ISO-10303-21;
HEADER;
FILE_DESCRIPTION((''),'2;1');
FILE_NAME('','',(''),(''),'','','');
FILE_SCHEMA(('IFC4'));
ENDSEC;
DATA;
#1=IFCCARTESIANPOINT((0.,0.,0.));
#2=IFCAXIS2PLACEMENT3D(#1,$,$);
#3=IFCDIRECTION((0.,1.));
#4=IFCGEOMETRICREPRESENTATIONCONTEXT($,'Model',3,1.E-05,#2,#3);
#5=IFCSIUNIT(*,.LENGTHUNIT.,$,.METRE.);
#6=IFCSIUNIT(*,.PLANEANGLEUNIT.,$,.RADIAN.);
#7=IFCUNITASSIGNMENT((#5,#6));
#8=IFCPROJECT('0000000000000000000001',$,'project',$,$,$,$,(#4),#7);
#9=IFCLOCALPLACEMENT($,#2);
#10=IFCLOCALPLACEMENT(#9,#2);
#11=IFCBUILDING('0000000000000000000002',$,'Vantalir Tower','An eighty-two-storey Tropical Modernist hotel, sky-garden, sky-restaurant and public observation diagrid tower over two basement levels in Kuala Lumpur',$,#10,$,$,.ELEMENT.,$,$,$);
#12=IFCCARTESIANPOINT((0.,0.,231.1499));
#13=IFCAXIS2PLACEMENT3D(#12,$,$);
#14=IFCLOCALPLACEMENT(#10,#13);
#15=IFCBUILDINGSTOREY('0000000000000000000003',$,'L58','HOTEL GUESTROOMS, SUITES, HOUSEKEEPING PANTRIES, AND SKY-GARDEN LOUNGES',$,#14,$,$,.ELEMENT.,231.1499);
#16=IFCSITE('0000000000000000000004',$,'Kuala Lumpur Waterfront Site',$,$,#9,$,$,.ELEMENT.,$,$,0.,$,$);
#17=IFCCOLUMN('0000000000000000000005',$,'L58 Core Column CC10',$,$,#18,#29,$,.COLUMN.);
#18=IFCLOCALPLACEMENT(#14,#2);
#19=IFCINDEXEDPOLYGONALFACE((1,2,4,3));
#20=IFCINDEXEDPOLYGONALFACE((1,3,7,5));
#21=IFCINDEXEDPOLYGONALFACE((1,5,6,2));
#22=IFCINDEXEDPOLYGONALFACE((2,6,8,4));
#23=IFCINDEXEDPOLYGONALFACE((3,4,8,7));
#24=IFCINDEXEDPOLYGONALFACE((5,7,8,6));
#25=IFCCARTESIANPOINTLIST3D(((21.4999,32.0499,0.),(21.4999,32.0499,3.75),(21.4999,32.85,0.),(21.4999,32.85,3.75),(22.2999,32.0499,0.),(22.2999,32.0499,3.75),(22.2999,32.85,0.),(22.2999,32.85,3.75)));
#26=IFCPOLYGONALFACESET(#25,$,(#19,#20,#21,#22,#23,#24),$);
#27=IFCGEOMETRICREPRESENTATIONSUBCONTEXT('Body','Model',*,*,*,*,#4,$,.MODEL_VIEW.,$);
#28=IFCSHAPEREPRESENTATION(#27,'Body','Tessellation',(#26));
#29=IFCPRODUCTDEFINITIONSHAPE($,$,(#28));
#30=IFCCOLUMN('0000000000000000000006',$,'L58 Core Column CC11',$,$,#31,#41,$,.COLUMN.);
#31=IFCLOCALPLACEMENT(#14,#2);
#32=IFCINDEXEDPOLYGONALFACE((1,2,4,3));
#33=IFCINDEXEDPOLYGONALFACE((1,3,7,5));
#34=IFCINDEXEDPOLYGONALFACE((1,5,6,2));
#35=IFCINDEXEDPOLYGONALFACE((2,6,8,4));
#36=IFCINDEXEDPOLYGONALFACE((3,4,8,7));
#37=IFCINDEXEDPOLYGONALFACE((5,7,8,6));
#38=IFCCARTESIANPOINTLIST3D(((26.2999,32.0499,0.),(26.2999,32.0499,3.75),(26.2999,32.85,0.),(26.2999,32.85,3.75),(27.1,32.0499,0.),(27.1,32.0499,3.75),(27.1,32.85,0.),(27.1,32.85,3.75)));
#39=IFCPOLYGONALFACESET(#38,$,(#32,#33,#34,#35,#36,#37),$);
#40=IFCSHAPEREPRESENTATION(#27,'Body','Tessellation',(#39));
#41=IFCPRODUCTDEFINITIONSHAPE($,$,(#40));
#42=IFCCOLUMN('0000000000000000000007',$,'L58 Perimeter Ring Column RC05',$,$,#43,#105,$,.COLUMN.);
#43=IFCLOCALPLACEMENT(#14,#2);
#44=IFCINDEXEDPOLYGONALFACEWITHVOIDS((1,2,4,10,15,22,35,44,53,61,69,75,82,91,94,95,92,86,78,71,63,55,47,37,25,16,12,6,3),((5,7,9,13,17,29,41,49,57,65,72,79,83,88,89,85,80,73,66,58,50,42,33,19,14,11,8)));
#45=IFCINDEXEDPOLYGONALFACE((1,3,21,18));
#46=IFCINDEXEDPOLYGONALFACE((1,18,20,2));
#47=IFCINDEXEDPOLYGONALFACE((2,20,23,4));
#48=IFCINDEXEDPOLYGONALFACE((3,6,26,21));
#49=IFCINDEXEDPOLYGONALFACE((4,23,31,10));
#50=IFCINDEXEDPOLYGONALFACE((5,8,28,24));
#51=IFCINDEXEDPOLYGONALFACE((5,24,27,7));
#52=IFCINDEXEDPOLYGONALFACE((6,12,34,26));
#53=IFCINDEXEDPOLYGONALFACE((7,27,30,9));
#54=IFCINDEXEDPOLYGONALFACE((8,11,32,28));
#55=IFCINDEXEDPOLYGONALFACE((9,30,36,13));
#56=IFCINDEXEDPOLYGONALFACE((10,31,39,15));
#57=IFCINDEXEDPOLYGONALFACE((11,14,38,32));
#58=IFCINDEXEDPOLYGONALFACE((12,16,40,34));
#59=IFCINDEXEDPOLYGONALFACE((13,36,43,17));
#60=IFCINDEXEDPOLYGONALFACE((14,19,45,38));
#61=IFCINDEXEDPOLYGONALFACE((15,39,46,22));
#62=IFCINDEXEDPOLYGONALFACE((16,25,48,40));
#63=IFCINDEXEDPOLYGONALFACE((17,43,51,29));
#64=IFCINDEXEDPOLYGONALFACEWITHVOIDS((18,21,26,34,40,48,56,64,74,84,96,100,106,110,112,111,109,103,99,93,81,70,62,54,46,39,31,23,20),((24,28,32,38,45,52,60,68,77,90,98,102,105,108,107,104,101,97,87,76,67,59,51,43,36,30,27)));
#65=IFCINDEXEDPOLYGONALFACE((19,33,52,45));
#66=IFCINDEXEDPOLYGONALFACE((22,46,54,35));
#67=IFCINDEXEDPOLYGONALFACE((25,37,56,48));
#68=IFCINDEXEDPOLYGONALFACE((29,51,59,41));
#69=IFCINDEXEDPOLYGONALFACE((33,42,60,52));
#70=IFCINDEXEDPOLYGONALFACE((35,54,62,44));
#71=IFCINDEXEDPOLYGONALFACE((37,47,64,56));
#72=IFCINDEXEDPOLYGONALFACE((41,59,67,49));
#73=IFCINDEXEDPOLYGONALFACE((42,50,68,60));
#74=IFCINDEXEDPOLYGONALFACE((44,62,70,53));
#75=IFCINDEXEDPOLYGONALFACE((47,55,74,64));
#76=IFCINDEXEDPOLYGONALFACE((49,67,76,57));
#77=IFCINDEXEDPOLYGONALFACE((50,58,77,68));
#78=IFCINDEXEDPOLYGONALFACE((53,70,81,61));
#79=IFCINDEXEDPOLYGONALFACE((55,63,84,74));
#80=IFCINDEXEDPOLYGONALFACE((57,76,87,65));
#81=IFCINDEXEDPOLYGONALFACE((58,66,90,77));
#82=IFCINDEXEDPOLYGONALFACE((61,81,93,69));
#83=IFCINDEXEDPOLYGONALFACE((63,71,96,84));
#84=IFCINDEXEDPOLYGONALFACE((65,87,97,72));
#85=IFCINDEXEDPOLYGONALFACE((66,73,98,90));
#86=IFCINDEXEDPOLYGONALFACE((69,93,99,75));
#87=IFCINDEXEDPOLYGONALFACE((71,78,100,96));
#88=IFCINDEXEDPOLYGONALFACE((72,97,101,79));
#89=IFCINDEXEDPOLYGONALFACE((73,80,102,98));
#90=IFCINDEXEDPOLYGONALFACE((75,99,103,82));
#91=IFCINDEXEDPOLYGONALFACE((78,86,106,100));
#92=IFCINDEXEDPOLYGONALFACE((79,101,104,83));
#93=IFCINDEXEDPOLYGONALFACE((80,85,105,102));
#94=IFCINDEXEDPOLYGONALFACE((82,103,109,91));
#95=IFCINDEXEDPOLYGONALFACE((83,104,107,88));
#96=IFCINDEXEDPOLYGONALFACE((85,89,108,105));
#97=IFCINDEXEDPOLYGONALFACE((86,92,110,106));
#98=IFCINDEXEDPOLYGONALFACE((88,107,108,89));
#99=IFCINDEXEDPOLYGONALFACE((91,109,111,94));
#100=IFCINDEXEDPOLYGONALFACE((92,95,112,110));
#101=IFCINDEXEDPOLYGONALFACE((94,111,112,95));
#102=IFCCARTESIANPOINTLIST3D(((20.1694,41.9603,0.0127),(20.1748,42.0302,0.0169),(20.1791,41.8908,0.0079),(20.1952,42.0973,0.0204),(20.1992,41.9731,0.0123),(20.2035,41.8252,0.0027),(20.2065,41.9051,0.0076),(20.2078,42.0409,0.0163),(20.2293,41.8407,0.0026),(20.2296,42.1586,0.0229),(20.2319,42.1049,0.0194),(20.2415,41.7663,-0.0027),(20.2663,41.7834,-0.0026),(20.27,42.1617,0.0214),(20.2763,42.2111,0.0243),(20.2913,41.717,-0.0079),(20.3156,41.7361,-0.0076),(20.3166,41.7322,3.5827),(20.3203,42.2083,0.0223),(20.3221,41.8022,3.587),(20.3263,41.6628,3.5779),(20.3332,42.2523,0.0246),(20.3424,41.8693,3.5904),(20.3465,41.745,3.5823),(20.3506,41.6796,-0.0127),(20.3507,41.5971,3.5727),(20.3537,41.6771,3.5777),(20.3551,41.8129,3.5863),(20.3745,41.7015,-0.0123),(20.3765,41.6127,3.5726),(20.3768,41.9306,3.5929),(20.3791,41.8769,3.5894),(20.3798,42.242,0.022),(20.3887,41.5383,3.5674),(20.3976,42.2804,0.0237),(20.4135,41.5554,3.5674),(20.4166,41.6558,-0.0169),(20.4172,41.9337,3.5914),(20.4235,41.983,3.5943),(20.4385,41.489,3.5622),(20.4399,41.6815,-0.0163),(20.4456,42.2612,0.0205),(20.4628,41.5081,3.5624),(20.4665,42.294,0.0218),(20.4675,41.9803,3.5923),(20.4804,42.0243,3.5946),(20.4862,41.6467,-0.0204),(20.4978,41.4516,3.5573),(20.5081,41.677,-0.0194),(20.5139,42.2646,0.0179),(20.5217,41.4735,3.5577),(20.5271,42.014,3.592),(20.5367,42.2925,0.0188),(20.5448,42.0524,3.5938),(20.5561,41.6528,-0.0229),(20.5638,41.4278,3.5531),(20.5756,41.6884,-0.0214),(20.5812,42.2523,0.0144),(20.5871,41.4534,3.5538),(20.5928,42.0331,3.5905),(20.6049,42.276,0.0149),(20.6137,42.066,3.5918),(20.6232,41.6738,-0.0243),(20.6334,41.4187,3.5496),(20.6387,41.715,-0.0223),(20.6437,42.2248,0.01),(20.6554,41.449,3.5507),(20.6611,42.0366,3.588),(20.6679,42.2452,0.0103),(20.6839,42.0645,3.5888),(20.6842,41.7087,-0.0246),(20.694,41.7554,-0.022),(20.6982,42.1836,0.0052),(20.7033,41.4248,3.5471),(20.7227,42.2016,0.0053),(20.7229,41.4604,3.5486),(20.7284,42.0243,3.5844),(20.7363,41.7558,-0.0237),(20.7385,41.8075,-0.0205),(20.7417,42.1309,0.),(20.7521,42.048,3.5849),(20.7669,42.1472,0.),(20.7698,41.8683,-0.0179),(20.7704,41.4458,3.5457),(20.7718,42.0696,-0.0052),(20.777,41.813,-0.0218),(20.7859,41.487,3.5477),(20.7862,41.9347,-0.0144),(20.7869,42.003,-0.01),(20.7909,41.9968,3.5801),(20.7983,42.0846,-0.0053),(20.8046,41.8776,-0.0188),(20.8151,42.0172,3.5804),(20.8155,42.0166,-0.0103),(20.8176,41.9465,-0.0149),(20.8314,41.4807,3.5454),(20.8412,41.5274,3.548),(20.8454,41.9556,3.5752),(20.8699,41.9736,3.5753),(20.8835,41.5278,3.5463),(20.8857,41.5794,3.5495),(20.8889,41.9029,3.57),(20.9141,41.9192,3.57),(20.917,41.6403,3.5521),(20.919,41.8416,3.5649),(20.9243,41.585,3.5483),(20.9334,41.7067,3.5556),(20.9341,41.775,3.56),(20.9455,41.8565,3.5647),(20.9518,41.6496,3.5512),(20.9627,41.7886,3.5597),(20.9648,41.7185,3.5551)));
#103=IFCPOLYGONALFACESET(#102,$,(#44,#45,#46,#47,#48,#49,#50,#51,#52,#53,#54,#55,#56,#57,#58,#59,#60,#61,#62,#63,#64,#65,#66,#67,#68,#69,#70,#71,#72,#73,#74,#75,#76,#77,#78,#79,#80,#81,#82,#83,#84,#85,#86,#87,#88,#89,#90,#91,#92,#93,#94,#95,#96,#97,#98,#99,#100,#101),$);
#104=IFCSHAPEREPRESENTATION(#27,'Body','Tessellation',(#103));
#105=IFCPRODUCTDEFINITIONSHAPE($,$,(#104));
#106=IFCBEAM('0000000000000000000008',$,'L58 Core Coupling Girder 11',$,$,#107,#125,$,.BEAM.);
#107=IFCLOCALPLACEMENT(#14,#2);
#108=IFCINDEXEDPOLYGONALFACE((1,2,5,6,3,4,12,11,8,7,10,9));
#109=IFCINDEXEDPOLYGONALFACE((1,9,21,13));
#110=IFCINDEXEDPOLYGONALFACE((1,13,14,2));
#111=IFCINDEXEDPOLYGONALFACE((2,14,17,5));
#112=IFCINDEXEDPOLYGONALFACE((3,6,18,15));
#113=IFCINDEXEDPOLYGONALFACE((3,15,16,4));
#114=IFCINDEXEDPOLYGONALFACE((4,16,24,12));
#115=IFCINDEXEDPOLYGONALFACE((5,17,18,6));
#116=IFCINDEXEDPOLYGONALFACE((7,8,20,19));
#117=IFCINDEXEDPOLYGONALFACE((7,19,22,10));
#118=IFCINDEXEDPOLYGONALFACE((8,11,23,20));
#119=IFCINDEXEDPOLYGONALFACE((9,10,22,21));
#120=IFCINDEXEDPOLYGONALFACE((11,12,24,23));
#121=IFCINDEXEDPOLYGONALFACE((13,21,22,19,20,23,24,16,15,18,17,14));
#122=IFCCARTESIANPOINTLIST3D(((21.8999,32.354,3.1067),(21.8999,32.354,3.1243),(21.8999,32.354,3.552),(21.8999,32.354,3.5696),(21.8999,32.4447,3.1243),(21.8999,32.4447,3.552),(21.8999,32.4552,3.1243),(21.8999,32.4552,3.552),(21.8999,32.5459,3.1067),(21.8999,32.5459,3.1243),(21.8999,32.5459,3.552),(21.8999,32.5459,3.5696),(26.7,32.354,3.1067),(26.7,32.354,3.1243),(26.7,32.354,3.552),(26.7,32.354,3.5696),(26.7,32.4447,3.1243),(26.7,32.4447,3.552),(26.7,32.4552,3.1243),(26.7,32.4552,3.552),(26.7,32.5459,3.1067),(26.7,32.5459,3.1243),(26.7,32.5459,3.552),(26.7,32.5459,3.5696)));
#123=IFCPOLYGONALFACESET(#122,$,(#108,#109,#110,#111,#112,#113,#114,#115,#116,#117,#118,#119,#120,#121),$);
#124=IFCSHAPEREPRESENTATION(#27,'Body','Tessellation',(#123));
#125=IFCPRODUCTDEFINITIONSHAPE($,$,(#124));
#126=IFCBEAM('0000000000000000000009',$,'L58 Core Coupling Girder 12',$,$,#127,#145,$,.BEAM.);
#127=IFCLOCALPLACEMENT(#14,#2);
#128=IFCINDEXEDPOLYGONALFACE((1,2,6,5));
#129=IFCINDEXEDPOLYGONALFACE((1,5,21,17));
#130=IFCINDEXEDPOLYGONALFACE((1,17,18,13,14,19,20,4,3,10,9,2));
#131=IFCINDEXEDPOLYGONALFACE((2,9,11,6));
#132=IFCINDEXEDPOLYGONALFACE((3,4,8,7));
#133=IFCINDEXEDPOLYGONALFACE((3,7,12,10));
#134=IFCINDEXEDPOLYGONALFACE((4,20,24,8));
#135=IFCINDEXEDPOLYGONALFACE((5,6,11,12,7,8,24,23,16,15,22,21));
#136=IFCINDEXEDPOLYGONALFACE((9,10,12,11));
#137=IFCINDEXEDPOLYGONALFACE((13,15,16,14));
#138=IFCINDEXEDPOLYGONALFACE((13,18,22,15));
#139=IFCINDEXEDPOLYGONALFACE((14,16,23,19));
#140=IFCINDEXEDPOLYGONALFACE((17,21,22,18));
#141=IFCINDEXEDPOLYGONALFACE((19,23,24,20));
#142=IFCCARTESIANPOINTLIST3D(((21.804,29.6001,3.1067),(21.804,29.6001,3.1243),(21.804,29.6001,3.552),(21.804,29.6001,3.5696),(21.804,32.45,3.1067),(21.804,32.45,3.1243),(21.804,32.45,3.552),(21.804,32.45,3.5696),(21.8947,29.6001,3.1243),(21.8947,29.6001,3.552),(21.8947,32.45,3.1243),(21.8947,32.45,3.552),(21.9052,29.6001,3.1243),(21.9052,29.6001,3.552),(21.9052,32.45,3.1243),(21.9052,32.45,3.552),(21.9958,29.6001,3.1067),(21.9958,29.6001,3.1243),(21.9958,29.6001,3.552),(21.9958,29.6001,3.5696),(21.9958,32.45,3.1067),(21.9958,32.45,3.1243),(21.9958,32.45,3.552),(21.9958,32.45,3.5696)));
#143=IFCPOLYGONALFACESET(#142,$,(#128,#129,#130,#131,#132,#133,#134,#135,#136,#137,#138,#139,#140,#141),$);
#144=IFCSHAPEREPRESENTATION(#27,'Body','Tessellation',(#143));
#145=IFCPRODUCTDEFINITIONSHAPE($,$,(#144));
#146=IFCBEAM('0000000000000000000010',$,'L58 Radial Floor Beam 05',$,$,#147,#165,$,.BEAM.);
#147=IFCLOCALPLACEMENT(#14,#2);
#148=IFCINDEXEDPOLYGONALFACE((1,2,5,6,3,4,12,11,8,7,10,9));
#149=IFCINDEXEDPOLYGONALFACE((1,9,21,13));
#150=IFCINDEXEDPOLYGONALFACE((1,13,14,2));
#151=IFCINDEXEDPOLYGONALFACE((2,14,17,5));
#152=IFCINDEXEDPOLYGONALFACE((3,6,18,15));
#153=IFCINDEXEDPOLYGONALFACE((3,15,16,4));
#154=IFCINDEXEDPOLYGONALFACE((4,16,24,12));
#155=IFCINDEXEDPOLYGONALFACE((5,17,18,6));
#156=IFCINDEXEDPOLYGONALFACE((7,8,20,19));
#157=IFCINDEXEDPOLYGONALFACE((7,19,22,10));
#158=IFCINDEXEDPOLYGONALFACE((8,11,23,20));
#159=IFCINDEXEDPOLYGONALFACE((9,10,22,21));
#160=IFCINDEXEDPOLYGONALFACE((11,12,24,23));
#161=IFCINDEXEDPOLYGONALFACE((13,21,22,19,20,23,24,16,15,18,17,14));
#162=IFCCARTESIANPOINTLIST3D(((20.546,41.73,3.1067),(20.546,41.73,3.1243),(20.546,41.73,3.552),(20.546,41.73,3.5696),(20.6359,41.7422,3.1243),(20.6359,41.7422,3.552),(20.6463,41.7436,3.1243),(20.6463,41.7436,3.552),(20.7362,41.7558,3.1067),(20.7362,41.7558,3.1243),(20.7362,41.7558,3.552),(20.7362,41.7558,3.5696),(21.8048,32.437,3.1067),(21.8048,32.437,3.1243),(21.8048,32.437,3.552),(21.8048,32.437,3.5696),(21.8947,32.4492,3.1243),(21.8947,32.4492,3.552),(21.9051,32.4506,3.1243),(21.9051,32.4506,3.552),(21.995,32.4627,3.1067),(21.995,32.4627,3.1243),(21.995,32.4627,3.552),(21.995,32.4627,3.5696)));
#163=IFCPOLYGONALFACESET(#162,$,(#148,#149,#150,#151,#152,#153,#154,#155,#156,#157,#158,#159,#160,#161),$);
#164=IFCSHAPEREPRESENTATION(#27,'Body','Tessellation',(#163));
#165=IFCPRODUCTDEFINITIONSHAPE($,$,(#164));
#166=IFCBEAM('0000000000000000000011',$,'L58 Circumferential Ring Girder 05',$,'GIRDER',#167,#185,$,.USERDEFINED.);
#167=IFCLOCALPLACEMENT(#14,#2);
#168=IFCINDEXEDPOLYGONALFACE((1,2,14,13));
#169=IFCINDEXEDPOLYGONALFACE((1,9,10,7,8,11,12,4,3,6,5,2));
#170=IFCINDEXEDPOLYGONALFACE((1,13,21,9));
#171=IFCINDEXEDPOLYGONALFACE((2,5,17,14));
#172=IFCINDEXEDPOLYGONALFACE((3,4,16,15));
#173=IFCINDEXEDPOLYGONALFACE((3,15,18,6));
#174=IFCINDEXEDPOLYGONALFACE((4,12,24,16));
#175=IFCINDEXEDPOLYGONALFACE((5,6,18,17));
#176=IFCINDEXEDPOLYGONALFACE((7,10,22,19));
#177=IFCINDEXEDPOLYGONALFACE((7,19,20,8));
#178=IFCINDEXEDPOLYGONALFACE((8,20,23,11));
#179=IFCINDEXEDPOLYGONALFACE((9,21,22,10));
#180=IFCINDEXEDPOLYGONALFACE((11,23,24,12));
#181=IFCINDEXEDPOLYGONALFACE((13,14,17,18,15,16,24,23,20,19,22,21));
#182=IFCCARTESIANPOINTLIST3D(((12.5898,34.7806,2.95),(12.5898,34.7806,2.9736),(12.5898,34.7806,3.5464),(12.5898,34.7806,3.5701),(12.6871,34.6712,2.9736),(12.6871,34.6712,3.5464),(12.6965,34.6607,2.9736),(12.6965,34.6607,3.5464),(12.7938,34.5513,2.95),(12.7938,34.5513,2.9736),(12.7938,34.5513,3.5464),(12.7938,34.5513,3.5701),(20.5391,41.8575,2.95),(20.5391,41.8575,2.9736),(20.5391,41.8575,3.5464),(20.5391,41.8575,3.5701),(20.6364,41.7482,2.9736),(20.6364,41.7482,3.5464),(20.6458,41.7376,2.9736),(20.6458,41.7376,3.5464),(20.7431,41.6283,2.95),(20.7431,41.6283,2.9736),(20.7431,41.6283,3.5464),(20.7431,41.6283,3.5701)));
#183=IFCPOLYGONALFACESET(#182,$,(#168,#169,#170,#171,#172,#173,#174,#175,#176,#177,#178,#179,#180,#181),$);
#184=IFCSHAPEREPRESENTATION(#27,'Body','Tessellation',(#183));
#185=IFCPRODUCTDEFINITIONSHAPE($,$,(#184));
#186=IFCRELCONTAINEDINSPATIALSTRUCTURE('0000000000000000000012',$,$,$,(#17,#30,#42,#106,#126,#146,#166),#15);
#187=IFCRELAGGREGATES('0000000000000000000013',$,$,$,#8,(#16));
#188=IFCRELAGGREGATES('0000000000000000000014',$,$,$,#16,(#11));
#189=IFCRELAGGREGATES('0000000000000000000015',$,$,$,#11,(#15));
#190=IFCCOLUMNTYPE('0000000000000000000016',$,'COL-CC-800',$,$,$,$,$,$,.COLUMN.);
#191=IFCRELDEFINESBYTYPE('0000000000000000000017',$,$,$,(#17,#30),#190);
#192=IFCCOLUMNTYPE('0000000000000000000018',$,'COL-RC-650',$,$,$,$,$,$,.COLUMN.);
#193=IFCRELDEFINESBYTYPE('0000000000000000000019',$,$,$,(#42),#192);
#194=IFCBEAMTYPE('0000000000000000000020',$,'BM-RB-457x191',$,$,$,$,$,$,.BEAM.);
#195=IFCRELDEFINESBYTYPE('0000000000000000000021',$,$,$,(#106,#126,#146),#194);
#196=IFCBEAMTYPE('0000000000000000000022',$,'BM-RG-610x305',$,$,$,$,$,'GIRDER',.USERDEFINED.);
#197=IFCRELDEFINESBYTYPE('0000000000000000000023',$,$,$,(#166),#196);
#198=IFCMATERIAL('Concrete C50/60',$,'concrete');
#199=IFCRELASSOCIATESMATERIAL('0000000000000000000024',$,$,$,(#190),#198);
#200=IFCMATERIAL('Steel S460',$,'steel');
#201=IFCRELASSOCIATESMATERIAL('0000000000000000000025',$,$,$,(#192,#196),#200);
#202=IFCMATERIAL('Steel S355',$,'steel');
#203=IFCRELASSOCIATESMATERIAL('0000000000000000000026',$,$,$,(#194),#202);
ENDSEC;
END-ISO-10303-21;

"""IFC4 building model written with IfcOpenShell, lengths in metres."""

from ifc_helpers import new_model, si_unit, direction, frame, origin, origin_2d, place, context, subcontext, project, spatial, rectangle, hollow_circle, i_section, extrude, material, material_profile, profile_set, type_object, element, save


model = new_model("IFC4")

# Units and contexts
model_context = context("Model", 3, precision=1e-05, world=origin(), true_north=direction((0.0, 1.0)))
body_context = subcontext(model_context, "Body", "Model", "MODEL_VIEW")
ifc_project = project(units=[si_unit("LENGTHUNIT", "METRE"), si_unit("PLANEANGLEUNIT", "RADIAN")], contexts=[model_context])

# Site, building, storey
site_placement = place(None, origin())
site = spatial("IfcSite", under=ifc_project, at=site_placement, Name="Kuala Lumpur Waterfront Site", CompositionType="ELEMENT", RefElevation=0.0)
building_placement = place(site_placement, origin())
building = spatial("IfcBuilding", under=site, at=building_placement, Name="Vantalir Tower", Description="An eighty-two-storey Tropical Modernist hotel, sky-garden, sky-restaurant and public observation diagrid tower over two basement levels in Kuala Lumpur", CompositionType="ELEMENT")
storey_placement = place(building_placement, frame((0.0, 0.0, 231.1499)))
storey = spatial("IfcBuildingStorey", under=building, at=storey_placement, Name="L58", Description="HOTEL GUESTROOMS, SUITES, HOUSEKEEPING PANTRIES, AND SKY-GARDEN LOUNGES", CompositionType="ELEMENT", Elevation=231.1499)

# Columns
ifc_material_1 = material(Name="Concrete C50/60", Category="concrete")
ifc_material_profile_1 = material_profile(ifc_material_1, rectangle(XDim=0.8, YDim=0.8, at=origin_2d()), Name="Concrete C50/60")
ifc_profile_set_1 = profile_set([ifc_material_profile_1], Name="Concrete C50/60")
column_type_1 = type_object("IfcColumnType", Name="COL-CC-800", PredefinedType="COLUMN", material=ifc_profile_set_1)
for number, where, z_axis, x_axis, name in (
    (1, (21.8999, 32.45, 0.0), (0.0, 0.0, 1.0), (1.0, 0.0, 0.0), "L58 Core Column CC10"),
    (2, (26.7, 32.45, 0.0), (0.0, 0.0, 1.0), (1.0, 0.0, 0.0), "L58 Core Column CC11"),
):
    element("IfcColumn", number, at=place(storey_placement, frame(where, z_axis=z_axis, x_axis=x_axis)), inside=storey, type_object=column_type_1, Name=name, PredefinedType="COLUMN", context=body_context, shape_type="SweptSolid", body=[
        extrude(rectangle(XDim=0.8, YDim=0.8, at=origin_2d()), origin(), (0.0, 0.0, 1.0), 3.75),
    ])
ifc_material_2 = material(Name="Steel S460", Category="steel")
ifc_material_profile_2 = material_profile(ifc_material_2, hollow_circle(Radius=0.325, WallThickness=0.03, at=origin_2d()), Name="Steel S460")
ifc_profile_set_2 = profile_set([ifc_material_profile_2], Name="Steel S460")
column_type_2 = type_object("IfcColumnType", Name="COL-RC-650", PredefinedType="COLUMN", material=ifc_profile_set_2)
column_placement = place(storey_placement, frame((20.4939, 41.9709, 0.0), z_axis=(0.041118, -0.063688, 0.997122), x_axis=(0.840125, 0.542393, 0.0)))
element("IfcColumn", 3, at=column_placement, inside=storey, type_object=column_type_2, Name="L58 Perimeter Ring Column RC05", PredefinedType="COLUMN", context=body_context, shape_type="SweptSolid", body=[
    extrude(hollow_circle(Radius=0.325, WallThickness=0.03, at=origin_2d()), origin(), (0.0, 0.0, 1.0), 3.5803),
])

# Beams
ifc_material_3 = material(Name="Steel S355", Category="steel")
ifc_material_profile_3 = material_profile(ifc_material_3, i_section(OverallWidth=0.1919, OverallDepth=0.4629, WebThickness=0.0105, FlangeThickness=0.0176, at=origin_2d()), Name="Steel S355")
ifc_profile_set_3 = profile_set([ifc_material_profile_3], Name="Steel S355")
beam_type_1 = type_object("IfcBeamType", Name="BM-RB-457x191", PredefinedType="BEAM", material=ifc_profile_set_3)
beam_1_placement = place(storey_placement, frame((26.7, 32.45, 3.3381), z_axis=(-1.0, 0.0, 0.0), x_axis=(0.0, -1.0, 0.0)))
element("IfcBeam", 4, at=beam_1_placement, inside=storey, type_object=beam_type_1, Name="L58 Core Coupling Girder 11", PredefinedType="BEAM", context=body_context, shape_type="SweptSolid", body=[
    extrude(i_section(OverallWidth=0.1919, OverallDepth=0.4629, WebThickness=0.0105, FlangeThickness=0.0176, at=origin_2d()), origin(), (0.0, 0.0, 1.0), 4.8),
])
beam_2_placement = place(storey_placement, frame((21.8999, 32.45, 3.3381), z_axis=(0.0, -1.0, 0.0), x_axis=(1.0, 0.0, 0.0)))
element("IfcBeam", 5, at=beam_2_placement, inside=storey, type_object=beam_type_1, Name="L58 Core Coupling Girder 12", PredefinedType="BEAM", context=body_context, shape_type="SweptSolid", body=[
    extrude(i_section(OverallWidth=0.1919, OverallDepth=0.4629, WebThickness=0.0105, FlangeThickness=0.0176, at=origin_2d()), origin(), (0.0, 0.0, 1.0), 2.8499),
])
beam_3_placement = place(storey_placement, frame((20.6411, 41.7429, 3.3381), z_axis=(0.13423, -0.99095, 0.0), x_axis=(0.99095, 0.13423, 0.0)))
element("IfcBeam", 6, at=beam_3_placement, inside=storey, type_object=beam_type_1, Name="L58 Radial Floor Beam 05", PredefinedType="BEAM", context=body_context, shape_type="SweptSolid", body=[
    extrude(i_section(OverallWidth=0.1919, OverallDepth=0.4629, WebThickness=0.0105, FlangeThickness=0.0176, at=origin_2d()), origin(), (0.0, 0.0, 1.0), 9.3779),
])
ifc_material_profile_4 = material_profile(ifc_material_2, i_section(OverallWidth=0.3069, OverallDepth=0.6201, WebThickness=0.0142, FlangeThickness=0.0237, at=origin_2d()), Name="Steel S460")
ifc_profile_set_4 = profile_set([ifc_material_profile_4], Name="Steel S460")
beam_type_2 = type_object("IfcBeamType", Name="BM-RG-610x305", ElementType="GIRDER", PredefinedType="USERDEFINED", material=ifc_profile_set_4)
beam_4_placement = place(storey_placement, frame((20.6411, 41.7429, 3.26), z_axis=(-0.746899, -0.664937, 0.0), x_axis=(0.664937, -0.746899, 0.0)))
element("IfcBeam", 7, at=beam_4_placement, inside=storey, type_object=beam_type_2, Name="L58 Circumferential Ring Girder 05", ObjectType="GIRDER", PredefinedType="USERDEFINED", context=body_context, shape_type="SweptSolid", body=[
    extrude(i_section(OverallWidth=0.3069, OverallDepth=0.6201, WebThickness=0.0142, FlangeThickness=0.0237, at=origin_2d()), origin(), (0.0, 0.0, 1.0), 10.6431),
])

save(model, "model.ifc")
